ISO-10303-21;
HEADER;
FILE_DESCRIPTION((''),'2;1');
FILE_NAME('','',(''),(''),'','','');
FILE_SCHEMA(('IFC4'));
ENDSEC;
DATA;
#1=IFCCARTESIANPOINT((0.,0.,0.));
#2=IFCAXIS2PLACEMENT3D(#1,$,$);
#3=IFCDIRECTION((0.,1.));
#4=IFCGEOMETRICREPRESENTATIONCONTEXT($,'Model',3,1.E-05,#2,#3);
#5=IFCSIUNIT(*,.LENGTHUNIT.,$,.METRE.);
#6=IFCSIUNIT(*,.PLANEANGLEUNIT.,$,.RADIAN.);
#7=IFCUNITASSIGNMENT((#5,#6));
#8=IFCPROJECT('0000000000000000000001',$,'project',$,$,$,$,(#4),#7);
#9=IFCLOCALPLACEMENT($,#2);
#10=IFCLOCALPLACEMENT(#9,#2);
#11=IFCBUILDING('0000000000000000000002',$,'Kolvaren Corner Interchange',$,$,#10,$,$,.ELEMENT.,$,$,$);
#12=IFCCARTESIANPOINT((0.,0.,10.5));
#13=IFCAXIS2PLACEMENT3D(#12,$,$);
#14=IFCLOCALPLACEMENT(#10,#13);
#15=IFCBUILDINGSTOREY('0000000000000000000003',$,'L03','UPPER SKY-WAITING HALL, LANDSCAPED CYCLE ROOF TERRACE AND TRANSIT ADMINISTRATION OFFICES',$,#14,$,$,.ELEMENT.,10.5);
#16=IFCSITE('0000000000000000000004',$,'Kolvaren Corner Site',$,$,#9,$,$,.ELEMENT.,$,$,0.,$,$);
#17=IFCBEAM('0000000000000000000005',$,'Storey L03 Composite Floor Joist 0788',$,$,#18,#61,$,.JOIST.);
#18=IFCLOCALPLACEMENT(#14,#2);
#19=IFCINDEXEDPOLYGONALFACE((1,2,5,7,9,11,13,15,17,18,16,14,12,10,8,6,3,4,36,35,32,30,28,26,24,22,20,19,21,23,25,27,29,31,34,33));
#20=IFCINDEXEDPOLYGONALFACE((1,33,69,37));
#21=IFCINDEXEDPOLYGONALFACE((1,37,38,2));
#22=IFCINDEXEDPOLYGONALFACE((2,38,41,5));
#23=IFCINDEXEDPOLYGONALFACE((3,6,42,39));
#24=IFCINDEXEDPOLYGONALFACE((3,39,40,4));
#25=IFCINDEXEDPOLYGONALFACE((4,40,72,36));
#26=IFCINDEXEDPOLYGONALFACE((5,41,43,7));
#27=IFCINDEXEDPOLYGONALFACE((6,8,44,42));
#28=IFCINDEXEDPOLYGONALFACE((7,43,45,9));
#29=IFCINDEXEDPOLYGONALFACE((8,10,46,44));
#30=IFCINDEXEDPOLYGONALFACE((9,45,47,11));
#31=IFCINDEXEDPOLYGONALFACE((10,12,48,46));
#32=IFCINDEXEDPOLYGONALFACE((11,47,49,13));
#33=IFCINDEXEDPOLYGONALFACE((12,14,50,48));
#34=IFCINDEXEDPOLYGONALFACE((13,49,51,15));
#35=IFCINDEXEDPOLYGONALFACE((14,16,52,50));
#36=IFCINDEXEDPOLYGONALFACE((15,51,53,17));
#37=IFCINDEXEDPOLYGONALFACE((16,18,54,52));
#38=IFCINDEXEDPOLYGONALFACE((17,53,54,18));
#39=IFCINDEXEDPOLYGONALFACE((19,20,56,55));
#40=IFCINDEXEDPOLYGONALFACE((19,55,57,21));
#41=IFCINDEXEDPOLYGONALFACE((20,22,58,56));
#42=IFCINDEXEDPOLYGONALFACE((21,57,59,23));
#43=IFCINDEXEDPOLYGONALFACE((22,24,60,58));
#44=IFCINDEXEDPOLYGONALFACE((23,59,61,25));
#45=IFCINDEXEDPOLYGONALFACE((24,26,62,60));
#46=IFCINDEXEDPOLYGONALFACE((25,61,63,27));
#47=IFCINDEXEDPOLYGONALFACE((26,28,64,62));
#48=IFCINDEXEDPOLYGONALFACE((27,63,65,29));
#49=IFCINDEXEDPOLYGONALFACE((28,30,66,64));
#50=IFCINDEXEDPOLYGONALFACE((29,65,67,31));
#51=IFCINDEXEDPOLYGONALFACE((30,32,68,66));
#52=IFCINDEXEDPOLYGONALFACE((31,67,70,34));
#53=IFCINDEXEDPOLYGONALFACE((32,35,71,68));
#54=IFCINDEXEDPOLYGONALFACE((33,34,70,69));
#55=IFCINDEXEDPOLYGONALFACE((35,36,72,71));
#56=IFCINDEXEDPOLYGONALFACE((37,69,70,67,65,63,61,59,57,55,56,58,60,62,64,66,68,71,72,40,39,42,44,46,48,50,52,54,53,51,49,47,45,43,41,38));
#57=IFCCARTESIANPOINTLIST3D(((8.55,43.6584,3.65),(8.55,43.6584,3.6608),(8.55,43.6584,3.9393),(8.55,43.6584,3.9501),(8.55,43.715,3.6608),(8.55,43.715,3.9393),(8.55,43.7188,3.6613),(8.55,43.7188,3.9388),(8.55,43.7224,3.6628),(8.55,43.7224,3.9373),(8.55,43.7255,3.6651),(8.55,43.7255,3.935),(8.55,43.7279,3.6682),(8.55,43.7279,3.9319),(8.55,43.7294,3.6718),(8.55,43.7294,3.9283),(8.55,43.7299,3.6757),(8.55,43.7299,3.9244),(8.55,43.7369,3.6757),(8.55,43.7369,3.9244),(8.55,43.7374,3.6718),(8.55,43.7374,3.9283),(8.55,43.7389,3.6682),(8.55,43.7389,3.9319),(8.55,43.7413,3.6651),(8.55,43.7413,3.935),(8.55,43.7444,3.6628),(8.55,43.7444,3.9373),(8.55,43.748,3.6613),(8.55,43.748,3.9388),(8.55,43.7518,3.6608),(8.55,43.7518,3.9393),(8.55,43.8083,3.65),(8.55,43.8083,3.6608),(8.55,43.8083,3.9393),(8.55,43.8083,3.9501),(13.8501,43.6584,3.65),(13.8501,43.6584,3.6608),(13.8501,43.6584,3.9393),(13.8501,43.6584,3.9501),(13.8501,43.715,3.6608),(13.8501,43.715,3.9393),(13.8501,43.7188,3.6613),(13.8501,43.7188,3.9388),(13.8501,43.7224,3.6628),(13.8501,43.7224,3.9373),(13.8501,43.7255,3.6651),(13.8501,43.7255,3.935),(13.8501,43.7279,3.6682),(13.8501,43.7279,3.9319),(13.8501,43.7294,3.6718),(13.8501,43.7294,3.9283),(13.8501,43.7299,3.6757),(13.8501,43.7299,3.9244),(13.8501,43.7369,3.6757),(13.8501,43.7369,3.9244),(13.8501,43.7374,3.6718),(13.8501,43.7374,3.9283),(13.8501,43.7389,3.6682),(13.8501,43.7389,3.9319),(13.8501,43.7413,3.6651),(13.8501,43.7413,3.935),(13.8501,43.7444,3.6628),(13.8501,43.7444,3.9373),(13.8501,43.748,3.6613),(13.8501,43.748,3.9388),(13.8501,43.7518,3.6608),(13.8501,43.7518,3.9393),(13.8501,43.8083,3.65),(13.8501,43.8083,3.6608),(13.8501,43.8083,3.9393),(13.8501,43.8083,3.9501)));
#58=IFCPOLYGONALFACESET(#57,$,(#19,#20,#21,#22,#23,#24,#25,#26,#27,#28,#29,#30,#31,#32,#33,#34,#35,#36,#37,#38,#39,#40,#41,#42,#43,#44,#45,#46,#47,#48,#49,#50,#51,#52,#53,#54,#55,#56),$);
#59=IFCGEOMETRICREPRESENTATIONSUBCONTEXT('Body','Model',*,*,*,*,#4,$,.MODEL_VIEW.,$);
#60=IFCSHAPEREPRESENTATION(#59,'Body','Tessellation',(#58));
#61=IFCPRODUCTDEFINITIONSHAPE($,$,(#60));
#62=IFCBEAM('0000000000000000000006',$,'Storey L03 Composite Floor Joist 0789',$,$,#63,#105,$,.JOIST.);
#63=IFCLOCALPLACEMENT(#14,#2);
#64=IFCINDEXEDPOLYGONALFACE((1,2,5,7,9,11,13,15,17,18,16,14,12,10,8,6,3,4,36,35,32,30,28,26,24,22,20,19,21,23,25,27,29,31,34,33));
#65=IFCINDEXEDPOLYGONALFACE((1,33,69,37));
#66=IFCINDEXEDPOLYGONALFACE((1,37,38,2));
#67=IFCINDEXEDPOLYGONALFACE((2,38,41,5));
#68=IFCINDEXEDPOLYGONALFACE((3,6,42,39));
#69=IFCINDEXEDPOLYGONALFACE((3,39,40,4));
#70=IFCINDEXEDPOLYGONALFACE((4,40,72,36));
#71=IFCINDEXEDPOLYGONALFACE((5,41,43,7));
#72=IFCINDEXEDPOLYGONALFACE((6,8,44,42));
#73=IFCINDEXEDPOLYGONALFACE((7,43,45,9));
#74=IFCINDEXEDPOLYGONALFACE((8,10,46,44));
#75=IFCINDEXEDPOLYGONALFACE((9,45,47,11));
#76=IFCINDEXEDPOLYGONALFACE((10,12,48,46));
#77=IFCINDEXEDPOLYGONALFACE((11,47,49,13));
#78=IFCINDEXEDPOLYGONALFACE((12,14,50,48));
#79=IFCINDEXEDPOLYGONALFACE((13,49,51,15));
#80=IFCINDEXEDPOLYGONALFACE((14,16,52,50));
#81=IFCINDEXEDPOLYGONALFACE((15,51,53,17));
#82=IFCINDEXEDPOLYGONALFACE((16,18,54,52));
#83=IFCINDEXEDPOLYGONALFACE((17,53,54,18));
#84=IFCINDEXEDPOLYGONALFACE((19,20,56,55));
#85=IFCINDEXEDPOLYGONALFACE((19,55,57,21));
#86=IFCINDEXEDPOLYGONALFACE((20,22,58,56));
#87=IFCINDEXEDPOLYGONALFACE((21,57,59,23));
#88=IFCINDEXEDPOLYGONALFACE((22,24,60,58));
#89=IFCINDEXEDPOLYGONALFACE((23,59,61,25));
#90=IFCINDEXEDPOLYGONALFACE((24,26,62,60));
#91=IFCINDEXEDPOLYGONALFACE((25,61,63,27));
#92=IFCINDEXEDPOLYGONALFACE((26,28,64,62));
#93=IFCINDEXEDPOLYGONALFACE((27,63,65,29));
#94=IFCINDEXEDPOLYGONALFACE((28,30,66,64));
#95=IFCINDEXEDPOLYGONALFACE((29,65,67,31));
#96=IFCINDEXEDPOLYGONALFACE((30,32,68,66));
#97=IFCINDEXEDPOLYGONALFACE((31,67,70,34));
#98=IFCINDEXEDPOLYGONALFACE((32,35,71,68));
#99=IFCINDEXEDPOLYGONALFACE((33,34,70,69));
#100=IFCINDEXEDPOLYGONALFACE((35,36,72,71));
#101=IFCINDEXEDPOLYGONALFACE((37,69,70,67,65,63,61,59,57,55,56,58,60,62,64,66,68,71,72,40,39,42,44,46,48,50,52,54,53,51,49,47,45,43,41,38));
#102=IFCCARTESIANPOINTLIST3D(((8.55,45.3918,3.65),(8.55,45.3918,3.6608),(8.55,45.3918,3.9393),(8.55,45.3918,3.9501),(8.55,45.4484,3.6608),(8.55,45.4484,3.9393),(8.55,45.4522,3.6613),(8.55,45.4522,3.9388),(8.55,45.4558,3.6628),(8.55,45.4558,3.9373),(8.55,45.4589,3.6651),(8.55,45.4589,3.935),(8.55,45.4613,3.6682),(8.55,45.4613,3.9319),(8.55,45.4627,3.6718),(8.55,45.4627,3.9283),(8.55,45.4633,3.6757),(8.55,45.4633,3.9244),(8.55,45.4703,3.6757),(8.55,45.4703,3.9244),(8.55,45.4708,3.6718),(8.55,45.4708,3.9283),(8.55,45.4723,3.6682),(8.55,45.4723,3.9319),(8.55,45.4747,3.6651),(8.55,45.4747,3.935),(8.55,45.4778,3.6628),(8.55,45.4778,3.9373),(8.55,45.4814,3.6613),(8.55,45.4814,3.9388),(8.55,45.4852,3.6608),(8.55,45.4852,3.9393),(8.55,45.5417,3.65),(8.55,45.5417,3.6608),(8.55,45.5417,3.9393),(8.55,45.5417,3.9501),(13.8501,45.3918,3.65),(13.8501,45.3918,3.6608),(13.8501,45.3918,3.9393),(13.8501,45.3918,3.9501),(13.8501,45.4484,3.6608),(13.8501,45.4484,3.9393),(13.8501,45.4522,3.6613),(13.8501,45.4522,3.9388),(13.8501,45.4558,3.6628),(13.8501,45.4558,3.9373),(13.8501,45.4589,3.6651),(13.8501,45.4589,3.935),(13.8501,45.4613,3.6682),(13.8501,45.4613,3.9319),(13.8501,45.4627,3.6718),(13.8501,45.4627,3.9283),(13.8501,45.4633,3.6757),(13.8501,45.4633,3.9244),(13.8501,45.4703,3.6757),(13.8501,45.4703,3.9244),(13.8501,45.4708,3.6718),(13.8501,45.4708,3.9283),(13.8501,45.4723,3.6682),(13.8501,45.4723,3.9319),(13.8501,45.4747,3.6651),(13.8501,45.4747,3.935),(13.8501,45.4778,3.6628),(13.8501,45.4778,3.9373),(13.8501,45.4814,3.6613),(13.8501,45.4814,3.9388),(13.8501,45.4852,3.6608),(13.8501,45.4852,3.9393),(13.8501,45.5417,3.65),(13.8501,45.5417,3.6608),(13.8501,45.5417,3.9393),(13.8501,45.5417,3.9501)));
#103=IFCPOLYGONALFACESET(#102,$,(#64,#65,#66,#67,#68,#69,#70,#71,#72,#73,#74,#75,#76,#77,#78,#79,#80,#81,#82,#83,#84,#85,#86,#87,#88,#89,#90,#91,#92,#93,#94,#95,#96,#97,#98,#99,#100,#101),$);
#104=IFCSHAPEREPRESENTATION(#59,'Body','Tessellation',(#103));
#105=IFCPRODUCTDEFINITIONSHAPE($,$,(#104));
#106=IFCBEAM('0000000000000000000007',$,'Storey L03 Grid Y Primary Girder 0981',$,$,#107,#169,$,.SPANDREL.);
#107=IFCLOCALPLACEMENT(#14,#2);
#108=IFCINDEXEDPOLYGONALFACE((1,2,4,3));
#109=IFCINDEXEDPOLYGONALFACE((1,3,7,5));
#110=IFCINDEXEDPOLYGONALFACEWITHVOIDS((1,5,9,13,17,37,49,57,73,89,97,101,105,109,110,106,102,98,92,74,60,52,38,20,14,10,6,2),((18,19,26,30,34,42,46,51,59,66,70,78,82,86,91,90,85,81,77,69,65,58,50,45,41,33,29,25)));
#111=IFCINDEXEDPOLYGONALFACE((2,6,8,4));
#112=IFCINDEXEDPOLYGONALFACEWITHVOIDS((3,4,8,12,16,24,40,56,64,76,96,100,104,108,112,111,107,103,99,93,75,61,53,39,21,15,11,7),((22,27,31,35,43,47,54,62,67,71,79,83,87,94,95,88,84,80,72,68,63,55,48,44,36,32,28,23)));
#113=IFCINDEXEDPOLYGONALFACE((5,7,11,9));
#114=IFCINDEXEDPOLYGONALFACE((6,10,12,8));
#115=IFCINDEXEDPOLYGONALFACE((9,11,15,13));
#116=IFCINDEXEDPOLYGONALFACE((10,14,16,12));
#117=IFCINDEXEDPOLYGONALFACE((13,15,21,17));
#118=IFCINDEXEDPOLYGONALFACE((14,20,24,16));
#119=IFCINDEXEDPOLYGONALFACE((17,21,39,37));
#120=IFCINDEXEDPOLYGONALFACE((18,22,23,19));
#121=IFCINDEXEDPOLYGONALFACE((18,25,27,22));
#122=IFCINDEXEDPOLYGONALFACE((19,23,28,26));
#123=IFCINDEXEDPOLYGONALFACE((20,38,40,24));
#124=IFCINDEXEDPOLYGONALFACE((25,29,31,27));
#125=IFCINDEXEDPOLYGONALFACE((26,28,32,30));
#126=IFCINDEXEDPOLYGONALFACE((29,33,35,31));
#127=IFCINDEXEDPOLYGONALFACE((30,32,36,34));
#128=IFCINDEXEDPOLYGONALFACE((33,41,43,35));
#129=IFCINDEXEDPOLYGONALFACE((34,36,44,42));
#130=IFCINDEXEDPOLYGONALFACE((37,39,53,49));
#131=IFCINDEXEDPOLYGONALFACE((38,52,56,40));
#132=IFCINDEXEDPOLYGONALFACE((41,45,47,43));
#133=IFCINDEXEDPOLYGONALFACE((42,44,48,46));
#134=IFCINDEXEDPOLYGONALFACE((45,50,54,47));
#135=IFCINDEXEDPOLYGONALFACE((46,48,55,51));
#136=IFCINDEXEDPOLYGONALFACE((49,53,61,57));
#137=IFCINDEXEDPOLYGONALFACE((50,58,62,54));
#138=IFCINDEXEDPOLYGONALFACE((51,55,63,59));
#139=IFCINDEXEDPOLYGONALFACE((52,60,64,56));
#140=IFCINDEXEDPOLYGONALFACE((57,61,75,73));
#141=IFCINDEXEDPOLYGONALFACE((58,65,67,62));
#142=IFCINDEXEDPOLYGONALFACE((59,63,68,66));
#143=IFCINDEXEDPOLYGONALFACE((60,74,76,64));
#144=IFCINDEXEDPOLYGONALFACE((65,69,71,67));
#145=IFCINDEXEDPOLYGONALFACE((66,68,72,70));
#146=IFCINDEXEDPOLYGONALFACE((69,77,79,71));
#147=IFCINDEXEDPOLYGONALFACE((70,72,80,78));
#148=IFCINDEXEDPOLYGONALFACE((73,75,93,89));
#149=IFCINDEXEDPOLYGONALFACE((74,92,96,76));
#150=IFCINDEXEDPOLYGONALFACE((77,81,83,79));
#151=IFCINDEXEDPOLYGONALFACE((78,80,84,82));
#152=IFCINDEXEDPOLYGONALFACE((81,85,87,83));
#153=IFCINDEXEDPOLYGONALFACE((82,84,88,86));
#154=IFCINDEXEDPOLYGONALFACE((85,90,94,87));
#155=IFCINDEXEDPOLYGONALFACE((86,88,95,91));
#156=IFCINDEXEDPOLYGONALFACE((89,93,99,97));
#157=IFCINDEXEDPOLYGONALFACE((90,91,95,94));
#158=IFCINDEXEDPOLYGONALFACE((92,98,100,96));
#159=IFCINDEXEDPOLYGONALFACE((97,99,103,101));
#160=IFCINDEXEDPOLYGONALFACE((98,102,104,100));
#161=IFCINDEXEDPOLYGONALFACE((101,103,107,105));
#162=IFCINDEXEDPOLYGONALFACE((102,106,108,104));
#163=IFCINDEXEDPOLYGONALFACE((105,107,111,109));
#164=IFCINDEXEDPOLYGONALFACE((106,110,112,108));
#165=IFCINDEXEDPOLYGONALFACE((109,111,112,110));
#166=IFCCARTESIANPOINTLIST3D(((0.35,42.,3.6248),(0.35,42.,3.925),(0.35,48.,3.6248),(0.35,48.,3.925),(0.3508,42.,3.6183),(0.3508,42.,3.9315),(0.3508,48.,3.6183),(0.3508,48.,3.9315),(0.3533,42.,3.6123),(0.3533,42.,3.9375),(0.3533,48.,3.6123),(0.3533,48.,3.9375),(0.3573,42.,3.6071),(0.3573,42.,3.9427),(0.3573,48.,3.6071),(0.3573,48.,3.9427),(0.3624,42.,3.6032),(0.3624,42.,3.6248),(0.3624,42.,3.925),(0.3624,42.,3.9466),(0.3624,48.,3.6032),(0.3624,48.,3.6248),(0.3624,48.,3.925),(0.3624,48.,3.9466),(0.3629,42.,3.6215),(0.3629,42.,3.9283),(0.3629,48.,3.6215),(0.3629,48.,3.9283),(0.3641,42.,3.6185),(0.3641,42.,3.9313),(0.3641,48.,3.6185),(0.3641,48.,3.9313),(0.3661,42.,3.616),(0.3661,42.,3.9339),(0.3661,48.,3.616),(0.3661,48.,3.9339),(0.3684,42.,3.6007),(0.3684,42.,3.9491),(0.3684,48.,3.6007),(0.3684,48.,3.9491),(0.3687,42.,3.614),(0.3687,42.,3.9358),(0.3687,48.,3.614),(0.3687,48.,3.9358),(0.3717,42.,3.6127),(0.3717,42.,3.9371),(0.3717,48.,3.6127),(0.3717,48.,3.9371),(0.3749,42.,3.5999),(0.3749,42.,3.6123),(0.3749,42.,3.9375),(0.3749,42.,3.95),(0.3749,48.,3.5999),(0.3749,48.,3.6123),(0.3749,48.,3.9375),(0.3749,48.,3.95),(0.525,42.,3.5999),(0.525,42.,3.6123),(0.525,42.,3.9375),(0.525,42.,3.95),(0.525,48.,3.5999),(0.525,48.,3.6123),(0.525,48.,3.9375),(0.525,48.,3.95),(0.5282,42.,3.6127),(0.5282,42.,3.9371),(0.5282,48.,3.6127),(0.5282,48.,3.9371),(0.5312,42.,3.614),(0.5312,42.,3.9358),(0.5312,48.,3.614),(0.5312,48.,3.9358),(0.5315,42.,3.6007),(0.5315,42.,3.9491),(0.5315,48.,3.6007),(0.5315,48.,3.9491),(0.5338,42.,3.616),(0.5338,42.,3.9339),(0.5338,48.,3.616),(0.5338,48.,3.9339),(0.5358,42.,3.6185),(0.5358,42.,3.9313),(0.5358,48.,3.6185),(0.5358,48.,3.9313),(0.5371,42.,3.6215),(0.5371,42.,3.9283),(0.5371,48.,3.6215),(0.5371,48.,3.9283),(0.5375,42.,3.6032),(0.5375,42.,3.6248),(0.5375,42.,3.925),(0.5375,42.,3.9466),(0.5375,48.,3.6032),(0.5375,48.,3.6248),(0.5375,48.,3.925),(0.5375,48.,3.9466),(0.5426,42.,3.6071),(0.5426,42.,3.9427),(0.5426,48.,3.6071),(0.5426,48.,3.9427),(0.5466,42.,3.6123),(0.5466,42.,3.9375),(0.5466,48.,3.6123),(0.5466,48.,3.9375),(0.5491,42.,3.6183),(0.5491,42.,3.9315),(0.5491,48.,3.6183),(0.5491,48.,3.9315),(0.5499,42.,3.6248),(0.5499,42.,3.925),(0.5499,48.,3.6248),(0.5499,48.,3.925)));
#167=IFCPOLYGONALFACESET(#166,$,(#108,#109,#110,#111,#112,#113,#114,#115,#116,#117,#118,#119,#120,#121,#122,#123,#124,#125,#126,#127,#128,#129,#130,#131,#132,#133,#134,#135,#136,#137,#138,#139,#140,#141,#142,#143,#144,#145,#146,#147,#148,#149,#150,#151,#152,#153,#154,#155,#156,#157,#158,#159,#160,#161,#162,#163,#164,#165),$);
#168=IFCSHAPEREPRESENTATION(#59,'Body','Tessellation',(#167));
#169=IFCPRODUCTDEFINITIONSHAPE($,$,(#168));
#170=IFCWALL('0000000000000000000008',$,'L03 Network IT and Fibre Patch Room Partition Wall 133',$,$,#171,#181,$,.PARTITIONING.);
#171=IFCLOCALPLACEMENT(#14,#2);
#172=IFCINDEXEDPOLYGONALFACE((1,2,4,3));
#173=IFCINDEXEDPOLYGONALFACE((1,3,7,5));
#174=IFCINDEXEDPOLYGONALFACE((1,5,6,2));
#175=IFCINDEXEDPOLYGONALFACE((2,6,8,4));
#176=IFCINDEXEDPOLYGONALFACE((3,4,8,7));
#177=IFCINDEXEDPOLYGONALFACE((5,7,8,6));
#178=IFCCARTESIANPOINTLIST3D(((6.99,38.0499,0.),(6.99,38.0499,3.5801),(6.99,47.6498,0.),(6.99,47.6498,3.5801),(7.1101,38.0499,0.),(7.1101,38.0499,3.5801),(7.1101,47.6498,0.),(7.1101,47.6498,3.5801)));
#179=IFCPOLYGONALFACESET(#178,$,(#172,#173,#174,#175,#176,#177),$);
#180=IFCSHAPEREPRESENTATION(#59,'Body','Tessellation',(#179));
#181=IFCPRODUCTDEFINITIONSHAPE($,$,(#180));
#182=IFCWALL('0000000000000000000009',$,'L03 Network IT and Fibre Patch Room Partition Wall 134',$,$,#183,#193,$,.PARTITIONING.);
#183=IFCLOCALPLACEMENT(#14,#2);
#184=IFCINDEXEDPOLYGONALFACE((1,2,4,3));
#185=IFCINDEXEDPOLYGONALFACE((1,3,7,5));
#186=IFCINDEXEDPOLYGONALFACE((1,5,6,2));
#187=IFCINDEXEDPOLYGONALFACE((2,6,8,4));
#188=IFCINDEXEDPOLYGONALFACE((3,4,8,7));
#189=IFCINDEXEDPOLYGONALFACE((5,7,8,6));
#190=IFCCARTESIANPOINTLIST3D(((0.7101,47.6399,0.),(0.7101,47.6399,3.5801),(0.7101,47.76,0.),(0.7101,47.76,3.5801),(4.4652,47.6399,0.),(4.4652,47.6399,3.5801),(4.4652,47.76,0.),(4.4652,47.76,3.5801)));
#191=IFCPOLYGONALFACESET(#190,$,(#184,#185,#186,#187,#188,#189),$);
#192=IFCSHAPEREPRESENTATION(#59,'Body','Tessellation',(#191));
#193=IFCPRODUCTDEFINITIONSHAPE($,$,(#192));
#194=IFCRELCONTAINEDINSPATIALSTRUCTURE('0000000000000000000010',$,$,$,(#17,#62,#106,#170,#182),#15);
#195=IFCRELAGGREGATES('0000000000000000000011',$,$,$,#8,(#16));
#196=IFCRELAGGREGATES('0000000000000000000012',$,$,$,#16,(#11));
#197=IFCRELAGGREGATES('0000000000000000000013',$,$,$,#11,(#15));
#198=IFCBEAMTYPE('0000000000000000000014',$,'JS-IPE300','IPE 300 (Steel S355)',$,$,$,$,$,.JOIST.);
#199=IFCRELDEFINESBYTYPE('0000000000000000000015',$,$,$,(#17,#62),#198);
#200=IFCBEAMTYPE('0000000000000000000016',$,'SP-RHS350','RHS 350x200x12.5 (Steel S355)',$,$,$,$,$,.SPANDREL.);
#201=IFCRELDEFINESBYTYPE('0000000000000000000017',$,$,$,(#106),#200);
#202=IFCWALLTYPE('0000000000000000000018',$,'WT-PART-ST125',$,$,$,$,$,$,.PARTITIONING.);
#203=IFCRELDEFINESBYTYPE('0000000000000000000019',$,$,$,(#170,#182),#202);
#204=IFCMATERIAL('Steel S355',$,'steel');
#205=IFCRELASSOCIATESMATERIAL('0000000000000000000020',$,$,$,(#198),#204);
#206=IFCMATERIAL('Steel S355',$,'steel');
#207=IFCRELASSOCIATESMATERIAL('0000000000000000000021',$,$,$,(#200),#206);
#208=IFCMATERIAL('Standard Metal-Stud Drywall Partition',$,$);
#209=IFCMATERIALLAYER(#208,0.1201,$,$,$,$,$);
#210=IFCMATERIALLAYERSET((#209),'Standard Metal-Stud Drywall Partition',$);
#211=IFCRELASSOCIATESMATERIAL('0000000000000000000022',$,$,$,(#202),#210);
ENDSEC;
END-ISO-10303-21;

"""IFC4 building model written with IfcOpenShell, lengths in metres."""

from ifc_helpers import new_model, si_unit, direction, frame, frame_2d, origin, origin_2d, place, context, subcontext, project, spatial, rectangle, hollow_rectangle, i_section, extrude, material, layer, layer_set, material_profile, profile_set, type_object, element, save


model = new_model("IFC4")

# Units and contexts
model_context = context("Model", 3, precision=1e-05, world=origin(), true_north=direction((0.0, 1.0)))
body_context = subcontext(model_context, "Body", "Model", "MODEL_VIEW")
ifc_project = project(units=[si_unit("LENGTHUNIT", "METRE"), si_unit("PLANEANGLEUNIT", "RADIAN")], contexts=[model_context])

# Site, building, storey
site_placement = place(None, origin())
site = spatial("IfcSite", under=ifc_project, at=site_placement, Name="Kolvaren Corner Site", CompositionType="ELEMENT", RefElevation=0.0)
building_placement = place(site_placement, origin())
building = spatial("IfcBuilding", under=site, at=building_placement, Name="Kolvaren Corner Interchange", CompositionType="ELEMENT")
storey_placement = place(building_placement, frame((0.0, 0.0, 10.5)))
storey = spatial("IfcBuildingStorey", under=building, at=storey_placement, Name="L03", Description="UPPER SKY-WAITING HALL, LANDSCAPED CYCLE ROOF TERRACE AND TRANSIT ADMINISTRATION OFFICES", CompositionType="ELEMENT", Elevation=10.5)

# Beams
ifc_material_1 = material(Name="Steel S355", Category="steel")
ifc_material_profile_1 = material_profile(ifc_material_1, i_section(OverallWidth=0.1499, OverallDepth=0.3, WebThickness=0.0071, FlangeThickness=0.0107, FilletRadius=0.0149, at=origin_2d()), Name="IPE 300")
ifc_profile_set_1 = profile_set([ifc_material_profile_1], Name="Steel S355")
beam_type_1 = type_object("IfcBeamType", Name="JS-IPE300", Description="IPE 300 (Steel S355)", PredefinedType="JOIST", material=ifc_profile_set_1)
for number, where, z_axis, x_axis, name in (
    (1, (8.55, 43.7334, 3.8), (1.0, 0.0, 0.0), (0.0, 1.0, 0.0), "Storey L03 Composite Floor Joist 0788"),
    (2, (8.55, 45.4668, 3.8), (1.0, 0.0, 0.0), (0.0, 1.0, 0.0), "Storey L03 Composite Floor Joist 0789"),
):
    element("IfcBeam", number, at=place(storey_placement, frame(where, z_axis=z_axis, x_axis=x_axis)), inside=storey, type_object=beam_type_1, Name=name, PredefinedType="JOIST", context=body_context, shape_type="SweptSolid", body=[
        extrude(i_section(OverallWidth=0.1499, OverallDepth=0.3, WebThickness=0.0071, FlangeThickness=0.0107, FilletRadius=0.0149, at=origin_2d()), origin(), (0.0, 0.0, 1.0), 5.3),
    ])
ifc_material_2 = material(Name="Steel S355", Category="steel")
ifc_material_profile_2 = material_profile(ifc_material_2, hollow_rectangle(XDim=0.2, YDim=0.3501, WallThickness=0.0125, InnerFilletRadius=0.0125, OuterFilletRadius=0.0249, at=origin_2d()), Name="RHS 350x200x12.5")
ifc_profile_set_2 = profile_set([ifc_material_profile_2], Name="Steel S355")
beam_type_2 = type_object("IfcBeamType", Name="SP-RHS350", Description="RHS 350x200x12.5 (Steel S355)", PredefinedType="SPANDREL", material=ifc_profile_set_2)
beam_1_placement = place(storey_placement, frame((0.45, 42.0, 3.7749), z_axis=(0.0, 1.0, 0.0), x_axis=(-1.0, 0.0, 0.0)))
element("IfcBeam", 3, at=beam_1_placement, inside=storey, type_object=beam_type_2, Name="Storey L03 Grid Y Primary Girder 0981", PredefinedType="SPANDREL", context=body_context, shape_type="SweptSolid", body=[
    extrude(hollow_rectangle(XDim=0.2, YDim=0.3501, WallThickness=0.0125, InnerFilletRadius=0.0125, OuterFilletRadius=0.0249, at=origin_2d()), origin(), (0.0, 0.0, 1.0), 6.0),
])

# Walls
ifc_material_3 = material(Name="Standard Metal-Stud Drywall Partition")
ifc_layer = layer(ifc_material_3, 0.1201)
ifc_layer_set = layer_set([ifc_layer], Name="Standard Metal-Stud Drywall Partition")
wall_type = type_object("IfcWallType", Name="WT-PART-ST125", PredefinedType="PARTITIONING", material=ifc_layer_set)
wall_1_placement = place(storey_placement, frame((7.05, 38.05, 0.0), z_axis=(0.0, 0.0, 1.0), x_axis=(0.0, 1.0, 0.0)))
element("IfcWall", 4, at=wall_1_placement, inside=storey, type_object=wall_type, Name="L03 Network IT and Fibre Patch Room Partition Wall 133", PredefinedType="PARTITIONING", context=body_context, shape_type="SweptSolid", body=[
    extrude(rectangle(XDim=9.5999, YDim=0.1201, at=frame_2d((4.7998, 0.0))), origin(), (0.0, 0.0, 1.0), 3.5801),
])
wall_2_placement = place(storey_placement, frame((4.4651, 47.7, 0.0), z_axis=(0.0, 0.0, 1.0), x_axis=(-1.0, 0.0, 0.0)))
element("IfcWall", 5, at=wall_2_placement, inside=storey, type_object=wall_type, Name="L03 Network IT and Fibre Patch Room Partition Wall 134", PredefinedType="PARTITIONING", context=body_context, shape_type="SweptSolid", body=[
    extrude(rectangle(XDim=3.7551, YDim=0.1201, at=frame_2d((1.8774, 0.0))), origin(), (0.0, 0.0, 1.0), 3.5801),
])

save(model, "model.ifc")
